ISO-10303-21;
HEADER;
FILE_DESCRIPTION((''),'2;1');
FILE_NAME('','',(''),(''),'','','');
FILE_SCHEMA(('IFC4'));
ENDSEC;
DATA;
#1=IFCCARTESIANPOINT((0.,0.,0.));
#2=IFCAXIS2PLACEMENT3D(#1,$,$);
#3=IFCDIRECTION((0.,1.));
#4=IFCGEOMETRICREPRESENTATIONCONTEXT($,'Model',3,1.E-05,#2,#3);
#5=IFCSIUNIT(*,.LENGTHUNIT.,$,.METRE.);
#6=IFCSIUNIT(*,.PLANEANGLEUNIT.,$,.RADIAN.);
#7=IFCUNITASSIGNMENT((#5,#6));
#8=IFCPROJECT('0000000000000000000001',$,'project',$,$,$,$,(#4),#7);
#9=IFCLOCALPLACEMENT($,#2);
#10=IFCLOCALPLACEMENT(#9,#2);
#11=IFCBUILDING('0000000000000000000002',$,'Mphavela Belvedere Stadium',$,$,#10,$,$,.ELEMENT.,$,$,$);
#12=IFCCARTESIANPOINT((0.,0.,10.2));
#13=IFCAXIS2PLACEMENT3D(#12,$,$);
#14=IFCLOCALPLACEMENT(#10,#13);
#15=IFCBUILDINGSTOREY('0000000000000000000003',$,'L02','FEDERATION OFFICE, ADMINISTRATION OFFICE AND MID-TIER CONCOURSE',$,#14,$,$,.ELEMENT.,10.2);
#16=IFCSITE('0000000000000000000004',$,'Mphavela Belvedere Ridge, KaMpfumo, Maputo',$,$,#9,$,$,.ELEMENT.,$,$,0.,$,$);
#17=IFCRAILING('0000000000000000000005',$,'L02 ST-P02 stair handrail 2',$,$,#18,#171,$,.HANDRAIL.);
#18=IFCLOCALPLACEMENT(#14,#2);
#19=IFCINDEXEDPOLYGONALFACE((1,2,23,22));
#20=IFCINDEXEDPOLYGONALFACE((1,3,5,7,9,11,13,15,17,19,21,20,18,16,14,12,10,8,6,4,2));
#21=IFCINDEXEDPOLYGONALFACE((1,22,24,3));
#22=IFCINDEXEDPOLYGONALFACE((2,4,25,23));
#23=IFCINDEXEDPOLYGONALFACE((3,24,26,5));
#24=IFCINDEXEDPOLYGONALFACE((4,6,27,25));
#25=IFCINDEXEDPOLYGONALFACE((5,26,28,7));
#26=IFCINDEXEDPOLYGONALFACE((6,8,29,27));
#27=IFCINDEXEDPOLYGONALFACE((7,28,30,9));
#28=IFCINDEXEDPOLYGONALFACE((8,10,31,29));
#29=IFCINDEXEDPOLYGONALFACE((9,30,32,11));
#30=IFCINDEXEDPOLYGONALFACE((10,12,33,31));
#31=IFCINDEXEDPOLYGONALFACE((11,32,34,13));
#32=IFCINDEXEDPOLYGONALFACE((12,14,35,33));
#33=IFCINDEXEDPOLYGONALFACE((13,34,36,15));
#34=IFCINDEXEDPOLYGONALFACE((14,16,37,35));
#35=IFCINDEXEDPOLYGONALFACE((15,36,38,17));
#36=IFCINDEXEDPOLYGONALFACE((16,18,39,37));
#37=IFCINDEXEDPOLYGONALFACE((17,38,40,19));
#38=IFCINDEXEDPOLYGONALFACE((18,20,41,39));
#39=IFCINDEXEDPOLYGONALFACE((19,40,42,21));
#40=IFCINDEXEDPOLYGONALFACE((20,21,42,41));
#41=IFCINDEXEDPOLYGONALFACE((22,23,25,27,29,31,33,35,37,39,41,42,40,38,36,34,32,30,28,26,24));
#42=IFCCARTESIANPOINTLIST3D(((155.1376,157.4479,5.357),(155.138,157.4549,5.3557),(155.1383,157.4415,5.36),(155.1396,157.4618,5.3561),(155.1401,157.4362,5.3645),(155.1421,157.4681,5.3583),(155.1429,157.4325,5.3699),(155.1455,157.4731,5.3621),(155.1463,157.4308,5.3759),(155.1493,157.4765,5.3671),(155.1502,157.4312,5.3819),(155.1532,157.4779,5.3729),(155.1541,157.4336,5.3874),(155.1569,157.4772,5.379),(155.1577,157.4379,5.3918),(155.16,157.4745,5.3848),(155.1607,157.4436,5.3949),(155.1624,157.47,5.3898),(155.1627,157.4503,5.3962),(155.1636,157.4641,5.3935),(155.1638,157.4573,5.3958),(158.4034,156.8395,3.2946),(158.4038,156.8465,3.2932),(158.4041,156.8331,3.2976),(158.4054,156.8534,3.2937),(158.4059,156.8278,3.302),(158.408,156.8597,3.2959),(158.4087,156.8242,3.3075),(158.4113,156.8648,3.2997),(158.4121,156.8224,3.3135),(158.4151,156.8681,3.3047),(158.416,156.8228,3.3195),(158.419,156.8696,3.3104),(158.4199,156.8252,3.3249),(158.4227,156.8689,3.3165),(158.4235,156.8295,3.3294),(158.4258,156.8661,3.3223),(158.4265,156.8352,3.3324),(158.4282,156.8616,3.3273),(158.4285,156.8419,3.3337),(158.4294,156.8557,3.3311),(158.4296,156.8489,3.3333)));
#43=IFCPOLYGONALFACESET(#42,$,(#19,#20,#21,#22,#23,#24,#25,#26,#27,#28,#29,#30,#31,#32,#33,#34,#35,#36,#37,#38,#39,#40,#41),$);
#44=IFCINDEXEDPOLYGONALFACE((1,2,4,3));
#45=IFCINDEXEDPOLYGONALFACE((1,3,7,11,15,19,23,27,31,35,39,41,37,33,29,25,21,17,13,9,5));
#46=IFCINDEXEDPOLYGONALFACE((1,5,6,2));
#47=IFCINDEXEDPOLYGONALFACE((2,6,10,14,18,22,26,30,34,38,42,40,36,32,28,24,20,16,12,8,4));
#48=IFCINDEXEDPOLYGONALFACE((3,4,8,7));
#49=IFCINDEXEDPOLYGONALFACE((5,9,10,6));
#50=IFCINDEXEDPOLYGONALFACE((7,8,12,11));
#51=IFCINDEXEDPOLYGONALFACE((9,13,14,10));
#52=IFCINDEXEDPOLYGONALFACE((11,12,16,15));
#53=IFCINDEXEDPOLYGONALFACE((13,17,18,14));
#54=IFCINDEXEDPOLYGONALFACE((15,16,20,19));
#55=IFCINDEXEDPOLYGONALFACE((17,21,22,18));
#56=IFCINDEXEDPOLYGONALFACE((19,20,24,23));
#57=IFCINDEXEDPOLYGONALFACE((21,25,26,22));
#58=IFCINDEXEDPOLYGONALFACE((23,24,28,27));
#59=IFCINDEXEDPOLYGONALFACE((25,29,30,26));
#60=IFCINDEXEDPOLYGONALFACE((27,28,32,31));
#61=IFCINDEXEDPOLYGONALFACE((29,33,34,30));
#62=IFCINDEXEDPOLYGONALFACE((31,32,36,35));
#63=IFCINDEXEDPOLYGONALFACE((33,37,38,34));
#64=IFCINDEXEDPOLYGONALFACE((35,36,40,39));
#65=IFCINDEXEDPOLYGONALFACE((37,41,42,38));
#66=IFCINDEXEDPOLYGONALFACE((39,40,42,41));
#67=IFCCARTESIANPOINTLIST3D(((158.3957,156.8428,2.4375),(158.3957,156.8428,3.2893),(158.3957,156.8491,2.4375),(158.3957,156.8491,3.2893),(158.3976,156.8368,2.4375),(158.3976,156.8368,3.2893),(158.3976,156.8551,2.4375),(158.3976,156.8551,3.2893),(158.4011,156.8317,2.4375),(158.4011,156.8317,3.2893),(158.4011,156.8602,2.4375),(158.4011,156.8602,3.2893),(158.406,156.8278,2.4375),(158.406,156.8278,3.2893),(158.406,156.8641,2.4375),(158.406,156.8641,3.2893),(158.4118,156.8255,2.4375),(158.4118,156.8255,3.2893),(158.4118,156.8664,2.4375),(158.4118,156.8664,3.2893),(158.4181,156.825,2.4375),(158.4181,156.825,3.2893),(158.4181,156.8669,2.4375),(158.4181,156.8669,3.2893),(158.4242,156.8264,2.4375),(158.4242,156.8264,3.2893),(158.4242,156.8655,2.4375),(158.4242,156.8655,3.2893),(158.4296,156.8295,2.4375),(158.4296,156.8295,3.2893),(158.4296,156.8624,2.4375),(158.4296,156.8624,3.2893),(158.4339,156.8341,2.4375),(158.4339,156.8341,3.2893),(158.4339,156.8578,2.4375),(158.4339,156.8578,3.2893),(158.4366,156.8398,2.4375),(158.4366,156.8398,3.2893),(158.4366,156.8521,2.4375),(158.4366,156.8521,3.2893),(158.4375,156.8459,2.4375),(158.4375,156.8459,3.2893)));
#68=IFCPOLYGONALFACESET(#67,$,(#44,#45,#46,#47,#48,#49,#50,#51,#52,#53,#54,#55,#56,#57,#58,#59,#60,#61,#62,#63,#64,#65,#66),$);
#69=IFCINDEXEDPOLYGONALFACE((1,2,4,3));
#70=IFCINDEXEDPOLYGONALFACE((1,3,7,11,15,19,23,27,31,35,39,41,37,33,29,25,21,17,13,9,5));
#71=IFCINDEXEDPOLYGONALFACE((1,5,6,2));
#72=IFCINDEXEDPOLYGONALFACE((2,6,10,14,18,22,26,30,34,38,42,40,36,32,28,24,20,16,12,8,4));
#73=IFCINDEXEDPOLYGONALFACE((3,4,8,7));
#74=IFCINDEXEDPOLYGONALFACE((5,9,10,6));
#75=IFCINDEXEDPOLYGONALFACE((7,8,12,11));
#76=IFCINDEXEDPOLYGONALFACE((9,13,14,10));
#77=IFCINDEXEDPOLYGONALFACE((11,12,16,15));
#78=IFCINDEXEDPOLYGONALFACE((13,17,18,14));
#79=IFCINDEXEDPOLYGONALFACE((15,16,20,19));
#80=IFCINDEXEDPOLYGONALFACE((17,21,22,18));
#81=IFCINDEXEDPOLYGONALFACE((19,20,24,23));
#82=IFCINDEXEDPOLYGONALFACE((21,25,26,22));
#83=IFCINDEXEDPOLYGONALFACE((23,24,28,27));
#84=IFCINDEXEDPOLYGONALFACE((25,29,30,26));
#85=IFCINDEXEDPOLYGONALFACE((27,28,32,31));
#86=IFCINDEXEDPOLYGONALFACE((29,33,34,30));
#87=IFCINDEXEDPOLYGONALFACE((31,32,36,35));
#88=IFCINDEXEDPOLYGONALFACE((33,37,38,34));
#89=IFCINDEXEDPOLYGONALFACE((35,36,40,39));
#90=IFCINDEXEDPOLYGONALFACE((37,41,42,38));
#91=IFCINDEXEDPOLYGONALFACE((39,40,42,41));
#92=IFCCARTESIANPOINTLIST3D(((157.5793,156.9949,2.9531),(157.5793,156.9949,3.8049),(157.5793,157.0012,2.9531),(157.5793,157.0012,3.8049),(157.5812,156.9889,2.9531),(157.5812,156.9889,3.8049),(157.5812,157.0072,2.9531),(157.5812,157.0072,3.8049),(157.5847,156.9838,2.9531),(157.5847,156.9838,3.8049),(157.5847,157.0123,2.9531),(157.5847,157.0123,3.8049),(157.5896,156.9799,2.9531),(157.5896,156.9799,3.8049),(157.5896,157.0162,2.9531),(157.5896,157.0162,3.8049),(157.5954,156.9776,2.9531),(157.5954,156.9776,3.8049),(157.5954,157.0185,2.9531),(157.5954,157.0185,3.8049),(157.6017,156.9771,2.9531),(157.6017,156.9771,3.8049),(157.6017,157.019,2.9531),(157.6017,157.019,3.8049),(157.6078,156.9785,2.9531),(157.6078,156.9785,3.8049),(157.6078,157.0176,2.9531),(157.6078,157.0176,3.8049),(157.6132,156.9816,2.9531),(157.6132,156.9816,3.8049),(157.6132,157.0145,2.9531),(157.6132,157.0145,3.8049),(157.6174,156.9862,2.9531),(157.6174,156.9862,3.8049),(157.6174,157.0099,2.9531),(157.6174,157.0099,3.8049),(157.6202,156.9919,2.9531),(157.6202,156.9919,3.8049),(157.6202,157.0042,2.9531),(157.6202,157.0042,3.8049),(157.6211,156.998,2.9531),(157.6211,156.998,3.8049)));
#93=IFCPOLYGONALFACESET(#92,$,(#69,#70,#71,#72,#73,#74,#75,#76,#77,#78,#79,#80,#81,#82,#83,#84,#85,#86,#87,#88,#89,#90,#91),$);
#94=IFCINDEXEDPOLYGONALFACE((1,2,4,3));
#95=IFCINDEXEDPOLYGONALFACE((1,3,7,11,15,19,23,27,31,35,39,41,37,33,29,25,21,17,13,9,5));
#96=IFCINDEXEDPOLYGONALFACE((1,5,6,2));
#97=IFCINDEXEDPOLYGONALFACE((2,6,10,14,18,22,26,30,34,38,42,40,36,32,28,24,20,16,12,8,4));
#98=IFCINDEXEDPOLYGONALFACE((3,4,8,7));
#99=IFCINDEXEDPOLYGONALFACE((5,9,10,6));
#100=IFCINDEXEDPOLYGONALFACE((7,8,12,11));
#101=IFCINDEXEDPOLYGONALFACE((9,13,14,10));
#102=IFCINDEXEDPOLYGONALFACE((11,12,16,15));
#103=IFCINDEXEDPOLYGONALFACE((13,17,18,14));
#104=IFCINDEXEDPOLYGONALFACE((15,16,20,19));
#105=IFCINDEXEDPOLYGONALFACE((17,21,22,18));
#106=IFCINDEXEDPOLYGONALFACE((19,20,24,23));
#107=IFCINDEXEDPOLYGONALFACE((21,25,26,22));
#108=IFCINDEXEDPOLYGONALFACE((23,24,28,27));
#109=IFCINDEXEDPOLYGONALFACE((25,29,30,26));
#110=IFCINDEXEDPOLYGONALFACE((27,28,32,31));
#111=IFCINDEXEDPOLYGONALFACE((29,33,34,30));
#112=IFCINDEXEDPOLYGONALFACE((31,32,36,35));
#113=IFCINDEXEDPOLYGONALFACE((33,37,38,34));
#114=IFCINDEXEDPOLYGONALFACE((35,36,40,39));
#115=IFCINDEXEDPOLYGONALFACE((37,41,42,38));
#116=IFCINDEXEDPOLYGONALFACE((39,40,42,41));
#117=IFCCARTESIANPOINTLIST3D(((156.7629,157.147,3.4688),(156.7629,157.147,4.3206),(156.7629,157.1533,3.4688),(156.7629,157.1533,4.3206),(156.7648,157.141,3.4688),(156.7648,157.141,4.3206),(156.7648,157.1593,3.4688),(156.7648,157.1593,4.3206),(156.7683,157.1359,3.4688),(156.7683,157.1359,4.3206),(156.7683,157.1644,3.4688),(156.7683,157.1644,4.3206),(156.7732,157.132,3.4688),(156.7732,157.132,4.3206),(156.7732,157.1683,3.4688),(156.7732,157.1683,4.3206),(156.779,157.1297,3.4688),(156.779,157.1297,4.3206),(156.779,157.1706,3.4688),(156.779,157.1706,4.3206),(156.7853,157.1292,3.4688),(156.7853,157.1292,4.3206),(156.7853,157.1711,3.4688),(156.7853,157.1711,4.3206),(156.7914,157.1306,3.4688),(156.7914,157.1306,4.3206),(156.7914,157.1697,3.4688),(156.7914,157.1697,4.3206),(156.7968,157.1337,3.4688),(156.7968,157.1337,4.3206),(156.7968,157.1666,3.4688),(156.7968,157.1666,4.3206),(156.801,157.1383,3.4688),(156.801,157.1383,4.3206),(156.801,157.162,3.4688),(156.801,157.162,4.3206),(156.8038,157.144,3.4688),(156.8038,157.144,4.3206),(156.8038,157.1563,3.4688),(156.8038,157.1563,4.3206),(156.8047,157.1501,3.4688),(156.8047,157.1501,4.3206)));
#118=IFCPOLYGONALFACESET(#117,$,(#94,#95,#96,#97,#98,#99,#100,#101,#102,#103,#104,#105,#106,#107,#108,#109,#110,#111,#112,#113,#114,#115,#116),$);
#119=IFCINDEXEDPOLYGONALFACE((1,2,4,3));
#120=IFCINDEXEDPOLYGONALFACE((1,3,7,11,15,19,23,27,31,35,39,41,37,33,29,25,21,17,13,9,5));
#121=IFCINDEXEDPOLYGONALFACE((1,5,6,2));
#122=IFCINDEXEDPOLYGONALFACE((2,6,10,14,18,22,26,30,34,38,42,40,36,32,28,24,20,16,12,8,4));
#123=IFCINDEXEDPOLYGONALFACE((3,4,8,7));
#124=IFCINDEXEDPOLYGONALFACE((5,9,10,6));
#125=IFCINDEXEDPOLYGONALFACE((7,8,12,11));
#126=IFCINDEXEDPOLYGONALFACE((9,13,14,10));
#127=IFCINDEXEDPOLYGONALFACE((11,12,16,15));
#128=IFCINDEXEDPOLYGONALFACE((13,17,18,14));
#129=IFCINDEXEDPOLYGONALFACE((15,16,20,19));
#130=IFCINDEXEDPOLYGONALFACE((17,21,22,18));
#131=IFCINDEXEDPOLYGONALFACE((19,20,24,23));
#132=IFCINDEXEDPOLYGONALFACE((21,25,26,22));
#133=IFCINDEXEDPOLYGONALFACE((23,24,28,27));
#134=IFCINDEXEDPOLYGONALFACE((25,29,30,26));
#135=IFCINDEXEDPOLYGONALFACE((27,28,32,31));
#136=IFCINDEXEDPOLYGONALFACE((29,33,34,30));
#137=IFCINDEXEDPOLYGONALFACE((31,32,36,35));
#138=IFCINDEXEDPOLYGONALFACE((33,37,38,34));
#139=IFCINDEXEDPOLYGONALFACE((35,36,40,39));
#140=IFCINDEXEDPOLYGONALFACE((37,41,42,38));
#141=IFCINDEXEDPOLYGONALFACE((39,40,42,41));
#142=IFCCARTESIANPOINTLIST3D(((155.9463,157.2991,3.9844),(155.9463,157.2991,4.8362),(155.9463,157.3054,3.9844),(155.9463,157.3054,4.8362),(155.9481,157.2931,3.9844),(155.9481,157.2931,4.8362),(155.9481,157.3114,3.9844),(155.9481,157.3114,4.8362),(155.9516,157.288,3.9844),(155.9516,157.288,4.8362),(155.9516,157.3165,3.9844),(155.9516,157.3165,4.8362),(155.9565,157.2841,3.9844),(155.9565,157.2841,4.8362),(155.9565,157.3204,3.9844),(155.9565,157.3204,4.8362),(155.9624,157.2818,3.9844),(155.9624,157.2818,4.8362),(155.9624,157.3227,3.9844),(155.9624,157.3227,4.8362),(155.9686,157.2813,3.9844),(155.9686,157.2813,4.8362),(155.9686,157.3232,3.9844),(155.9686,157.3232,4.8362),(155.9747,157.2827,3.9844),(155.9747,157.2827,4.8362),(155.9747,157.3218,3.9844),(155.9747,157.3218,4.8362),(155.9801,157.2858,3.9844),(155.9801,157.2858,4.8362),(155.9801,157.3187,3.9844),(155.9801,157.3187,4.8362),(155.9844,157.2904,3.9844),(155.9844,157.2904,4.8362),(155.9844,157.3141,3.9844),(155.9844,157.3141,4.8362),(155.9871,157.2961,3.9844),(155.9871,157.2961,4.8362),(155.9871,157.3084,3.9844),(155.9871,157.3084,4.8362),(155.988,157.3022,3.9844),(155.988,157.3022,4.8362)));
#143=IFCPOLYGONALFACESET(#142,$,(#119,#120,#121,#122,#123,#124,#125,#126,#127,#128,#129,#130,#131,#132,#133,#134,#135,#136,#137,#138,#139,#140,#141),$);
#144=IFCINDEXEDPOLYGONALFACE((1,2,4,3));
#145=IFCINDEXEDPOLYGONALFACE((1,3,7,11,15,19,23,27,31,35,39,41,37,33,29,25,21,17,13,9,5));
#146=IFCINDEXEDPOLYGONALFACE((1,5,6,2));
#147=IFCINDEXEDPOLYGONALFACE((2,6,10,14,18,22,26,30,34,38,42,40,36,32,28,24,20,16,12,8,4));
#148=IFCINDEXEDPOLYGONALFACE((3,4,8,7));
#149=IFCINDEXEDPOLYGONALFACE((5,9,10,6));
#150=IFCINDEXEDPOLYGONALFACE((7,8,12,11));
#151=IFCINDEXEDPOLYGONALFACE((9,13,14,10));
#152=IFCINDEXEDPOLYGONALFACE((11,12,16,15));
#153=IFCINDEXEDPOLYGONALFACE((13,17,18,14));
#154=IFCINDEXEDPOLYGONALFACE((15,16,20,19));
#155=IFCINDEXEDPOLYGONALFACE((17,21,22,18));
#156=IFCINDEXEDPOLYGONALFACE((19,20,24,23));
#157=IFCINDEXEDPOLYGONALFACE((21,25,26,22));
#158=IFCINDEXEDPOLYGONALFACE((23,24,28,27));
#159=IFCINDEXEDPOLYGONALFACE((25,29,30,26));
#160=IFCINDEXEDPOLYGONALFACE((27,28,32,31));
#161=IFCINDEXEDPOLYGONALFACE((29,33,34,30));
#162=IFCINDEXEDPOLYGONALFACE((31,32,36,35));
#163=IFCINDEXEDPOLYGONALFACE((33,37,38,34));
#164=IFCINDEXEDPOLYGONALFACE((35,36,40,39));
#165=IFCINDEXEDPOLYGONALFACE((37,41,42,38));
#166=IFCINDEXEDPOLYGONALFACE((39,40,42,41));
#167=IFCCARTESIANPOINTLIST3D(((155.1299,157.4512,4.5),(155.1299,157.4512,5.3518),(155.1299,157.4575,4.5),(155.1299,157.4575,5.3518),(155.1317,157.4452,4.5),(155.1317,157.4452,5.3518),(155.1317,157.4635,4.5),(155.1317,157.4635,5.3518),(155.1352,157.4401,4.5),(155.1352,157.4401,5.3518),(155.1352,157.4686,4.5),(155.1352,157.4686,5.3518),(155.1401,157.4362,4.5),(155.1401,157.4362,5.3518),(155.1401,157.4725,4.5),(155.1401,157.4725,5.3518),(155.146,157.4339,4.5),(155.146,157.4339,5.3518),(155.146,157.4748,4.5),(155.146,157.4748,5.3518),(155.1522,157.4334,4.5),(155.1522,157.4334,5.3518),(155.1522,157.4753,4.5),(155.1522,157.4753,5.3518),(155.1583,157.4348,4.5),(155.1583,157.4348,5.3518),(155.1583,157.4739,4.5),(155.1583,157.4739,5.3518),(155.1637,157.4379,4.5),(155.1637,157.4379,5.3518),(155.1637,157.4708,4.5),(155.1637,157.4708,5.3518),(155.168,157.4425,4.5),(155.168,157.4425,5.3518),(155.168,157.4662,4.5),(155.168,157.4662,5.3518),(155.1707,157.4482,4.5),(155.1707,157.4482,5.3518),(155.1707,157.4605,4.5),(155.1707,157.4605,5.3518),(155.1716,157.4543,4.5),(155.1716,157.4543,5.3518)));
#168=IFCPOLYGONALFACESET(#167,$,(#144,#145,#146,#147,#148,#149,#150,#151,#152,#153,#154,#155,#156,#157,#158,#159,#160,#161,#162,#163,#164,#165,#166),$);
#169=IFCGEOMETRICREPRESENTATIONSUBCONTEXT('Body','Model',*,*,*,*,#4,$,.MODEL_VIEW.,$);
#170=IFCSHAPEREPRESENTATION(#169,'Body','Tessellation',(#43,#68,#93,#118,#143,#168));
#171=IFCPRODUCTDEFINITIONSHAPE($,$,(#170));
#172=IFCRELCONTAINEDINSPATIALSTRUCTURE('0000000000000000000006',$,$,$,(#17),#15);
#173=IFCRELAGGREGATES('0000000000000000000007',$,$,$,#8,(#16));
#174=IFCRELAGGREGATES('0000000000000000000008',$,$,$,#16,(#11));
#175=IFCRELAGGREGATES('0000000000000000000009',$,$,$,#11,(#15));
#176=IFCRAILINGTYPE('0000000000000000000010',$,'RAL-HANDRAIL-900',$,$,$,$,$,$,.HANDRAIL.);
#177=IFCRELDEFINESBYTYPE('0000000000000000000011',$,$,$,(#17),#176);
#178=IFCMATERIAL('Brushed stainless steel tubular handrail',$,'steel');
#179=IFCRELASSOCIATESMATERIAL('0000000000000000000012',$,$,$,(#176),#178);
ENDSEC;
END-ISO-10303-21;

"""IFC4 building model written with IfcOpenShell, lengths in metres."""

from ifc_helpers import new_model, si_unit, direction, frame, origin, origin_2d, place, context, subcontext, project, spatial, circle, extrude, material, type_object, element, save


model = new_model("IFC4")

# Units and contexts
model_context = context("Model", 3, precision=1e-05, world=origin(), true_north=direction((0.0, 1.0)))
body_context = subcontext(model_context, "Body", "Model", "MODEL_VIEW")
ifc_project = project(units=[si_unit("LENGTHUNIT", "METRE"), si_unit("PLANEANGLEUNIT", "RADIAN")], contexts=[model_context])

# Site, building, storey
site_placement = place(None, origin())
site = spatial("IfcSite", under=ifc_project, at=site_placement, Name="Mphavela Belvedere Ridge, KaMpfumo, Maputo", CompositionType="ELEMENT", RefElevation=0.0)
building_placement = place(site_placement, origin())
building = spatial("IfcBuilding", under=site, at=building_placement, Name="Mphavela Belvedere Stadium", CompositionType="ELEMENT")
storey_placement = place(building_placement, frame((0.0, 0.0, 10.2)))
storey = spatial("IfcBuildingStorey", under=building, at=storey_placement, Name="L02", Description="FEDERATION OFFICE, ADMINISTRATION OFFICE AND MID-TIER CONCOURSE", CompositionType="ELEMENT", Elevation=10.2)

# Railing
ifc_material_1 = material(Name="Brushed stainless steel tubular handrail", Category="steel")
railing_type_1 = type_object("IfcRailingType", Name="RAL-HANDRAIL-900", PredefinedType="HANDRAIL", material=ifc_material_1)
railing_1_placement = place(storey_placement, frame((158.4165, 156.8459, 2.4375)))
element("IfcRailing", 1, at=railing_1_placement, inside=storey, type_object=railing_type_1, Name="L02 ST-P02 stair handrail 2", PredefinedType="HANDRAIL", context=body_context, shape_type="SweptSolid", body=[
    extrude(circle(Radius=0.0239, at=origin_2d()), frame((0.0, 0.0, 0.876), z_axis=(-0.83521, 0.155591, 0.527462), x_axis=(-0.183139, -0.983087, 0.0)), (0.0, 0.0, 1.0), 3.9102),
    extrude(circle(Radius=0.021, at=origin_2d()), origin(), (0.0, 0.0, 1.0), 0.8518),
    extrude(circle(Radius=0.021, at=origin_2d()), frame((-0.8164, 0.1521, 0.5156)), (0.0, 0.0, 1.0), 0.8518),
    extrude(circle(Radius=0.021, at=origin_2d()), frame((-1.6328, 0.3042, 1.0312)), (0.0, 0.0, 1.0), 0.8518),
    extrude(circle(Radius=0.021, at=origin_2d()), frame((-2.4495, 0.4563, 1.5469)), (0.0, 0.0, 1.0), 0.8518),
    extrude(circle(Radius=0.021, at=origin_2d()), frame((-3.2659, 0.6084, 2.0625)), (0.0, 0.0, 1.0), 0.8518),
])

save(model, "model.ifc")
